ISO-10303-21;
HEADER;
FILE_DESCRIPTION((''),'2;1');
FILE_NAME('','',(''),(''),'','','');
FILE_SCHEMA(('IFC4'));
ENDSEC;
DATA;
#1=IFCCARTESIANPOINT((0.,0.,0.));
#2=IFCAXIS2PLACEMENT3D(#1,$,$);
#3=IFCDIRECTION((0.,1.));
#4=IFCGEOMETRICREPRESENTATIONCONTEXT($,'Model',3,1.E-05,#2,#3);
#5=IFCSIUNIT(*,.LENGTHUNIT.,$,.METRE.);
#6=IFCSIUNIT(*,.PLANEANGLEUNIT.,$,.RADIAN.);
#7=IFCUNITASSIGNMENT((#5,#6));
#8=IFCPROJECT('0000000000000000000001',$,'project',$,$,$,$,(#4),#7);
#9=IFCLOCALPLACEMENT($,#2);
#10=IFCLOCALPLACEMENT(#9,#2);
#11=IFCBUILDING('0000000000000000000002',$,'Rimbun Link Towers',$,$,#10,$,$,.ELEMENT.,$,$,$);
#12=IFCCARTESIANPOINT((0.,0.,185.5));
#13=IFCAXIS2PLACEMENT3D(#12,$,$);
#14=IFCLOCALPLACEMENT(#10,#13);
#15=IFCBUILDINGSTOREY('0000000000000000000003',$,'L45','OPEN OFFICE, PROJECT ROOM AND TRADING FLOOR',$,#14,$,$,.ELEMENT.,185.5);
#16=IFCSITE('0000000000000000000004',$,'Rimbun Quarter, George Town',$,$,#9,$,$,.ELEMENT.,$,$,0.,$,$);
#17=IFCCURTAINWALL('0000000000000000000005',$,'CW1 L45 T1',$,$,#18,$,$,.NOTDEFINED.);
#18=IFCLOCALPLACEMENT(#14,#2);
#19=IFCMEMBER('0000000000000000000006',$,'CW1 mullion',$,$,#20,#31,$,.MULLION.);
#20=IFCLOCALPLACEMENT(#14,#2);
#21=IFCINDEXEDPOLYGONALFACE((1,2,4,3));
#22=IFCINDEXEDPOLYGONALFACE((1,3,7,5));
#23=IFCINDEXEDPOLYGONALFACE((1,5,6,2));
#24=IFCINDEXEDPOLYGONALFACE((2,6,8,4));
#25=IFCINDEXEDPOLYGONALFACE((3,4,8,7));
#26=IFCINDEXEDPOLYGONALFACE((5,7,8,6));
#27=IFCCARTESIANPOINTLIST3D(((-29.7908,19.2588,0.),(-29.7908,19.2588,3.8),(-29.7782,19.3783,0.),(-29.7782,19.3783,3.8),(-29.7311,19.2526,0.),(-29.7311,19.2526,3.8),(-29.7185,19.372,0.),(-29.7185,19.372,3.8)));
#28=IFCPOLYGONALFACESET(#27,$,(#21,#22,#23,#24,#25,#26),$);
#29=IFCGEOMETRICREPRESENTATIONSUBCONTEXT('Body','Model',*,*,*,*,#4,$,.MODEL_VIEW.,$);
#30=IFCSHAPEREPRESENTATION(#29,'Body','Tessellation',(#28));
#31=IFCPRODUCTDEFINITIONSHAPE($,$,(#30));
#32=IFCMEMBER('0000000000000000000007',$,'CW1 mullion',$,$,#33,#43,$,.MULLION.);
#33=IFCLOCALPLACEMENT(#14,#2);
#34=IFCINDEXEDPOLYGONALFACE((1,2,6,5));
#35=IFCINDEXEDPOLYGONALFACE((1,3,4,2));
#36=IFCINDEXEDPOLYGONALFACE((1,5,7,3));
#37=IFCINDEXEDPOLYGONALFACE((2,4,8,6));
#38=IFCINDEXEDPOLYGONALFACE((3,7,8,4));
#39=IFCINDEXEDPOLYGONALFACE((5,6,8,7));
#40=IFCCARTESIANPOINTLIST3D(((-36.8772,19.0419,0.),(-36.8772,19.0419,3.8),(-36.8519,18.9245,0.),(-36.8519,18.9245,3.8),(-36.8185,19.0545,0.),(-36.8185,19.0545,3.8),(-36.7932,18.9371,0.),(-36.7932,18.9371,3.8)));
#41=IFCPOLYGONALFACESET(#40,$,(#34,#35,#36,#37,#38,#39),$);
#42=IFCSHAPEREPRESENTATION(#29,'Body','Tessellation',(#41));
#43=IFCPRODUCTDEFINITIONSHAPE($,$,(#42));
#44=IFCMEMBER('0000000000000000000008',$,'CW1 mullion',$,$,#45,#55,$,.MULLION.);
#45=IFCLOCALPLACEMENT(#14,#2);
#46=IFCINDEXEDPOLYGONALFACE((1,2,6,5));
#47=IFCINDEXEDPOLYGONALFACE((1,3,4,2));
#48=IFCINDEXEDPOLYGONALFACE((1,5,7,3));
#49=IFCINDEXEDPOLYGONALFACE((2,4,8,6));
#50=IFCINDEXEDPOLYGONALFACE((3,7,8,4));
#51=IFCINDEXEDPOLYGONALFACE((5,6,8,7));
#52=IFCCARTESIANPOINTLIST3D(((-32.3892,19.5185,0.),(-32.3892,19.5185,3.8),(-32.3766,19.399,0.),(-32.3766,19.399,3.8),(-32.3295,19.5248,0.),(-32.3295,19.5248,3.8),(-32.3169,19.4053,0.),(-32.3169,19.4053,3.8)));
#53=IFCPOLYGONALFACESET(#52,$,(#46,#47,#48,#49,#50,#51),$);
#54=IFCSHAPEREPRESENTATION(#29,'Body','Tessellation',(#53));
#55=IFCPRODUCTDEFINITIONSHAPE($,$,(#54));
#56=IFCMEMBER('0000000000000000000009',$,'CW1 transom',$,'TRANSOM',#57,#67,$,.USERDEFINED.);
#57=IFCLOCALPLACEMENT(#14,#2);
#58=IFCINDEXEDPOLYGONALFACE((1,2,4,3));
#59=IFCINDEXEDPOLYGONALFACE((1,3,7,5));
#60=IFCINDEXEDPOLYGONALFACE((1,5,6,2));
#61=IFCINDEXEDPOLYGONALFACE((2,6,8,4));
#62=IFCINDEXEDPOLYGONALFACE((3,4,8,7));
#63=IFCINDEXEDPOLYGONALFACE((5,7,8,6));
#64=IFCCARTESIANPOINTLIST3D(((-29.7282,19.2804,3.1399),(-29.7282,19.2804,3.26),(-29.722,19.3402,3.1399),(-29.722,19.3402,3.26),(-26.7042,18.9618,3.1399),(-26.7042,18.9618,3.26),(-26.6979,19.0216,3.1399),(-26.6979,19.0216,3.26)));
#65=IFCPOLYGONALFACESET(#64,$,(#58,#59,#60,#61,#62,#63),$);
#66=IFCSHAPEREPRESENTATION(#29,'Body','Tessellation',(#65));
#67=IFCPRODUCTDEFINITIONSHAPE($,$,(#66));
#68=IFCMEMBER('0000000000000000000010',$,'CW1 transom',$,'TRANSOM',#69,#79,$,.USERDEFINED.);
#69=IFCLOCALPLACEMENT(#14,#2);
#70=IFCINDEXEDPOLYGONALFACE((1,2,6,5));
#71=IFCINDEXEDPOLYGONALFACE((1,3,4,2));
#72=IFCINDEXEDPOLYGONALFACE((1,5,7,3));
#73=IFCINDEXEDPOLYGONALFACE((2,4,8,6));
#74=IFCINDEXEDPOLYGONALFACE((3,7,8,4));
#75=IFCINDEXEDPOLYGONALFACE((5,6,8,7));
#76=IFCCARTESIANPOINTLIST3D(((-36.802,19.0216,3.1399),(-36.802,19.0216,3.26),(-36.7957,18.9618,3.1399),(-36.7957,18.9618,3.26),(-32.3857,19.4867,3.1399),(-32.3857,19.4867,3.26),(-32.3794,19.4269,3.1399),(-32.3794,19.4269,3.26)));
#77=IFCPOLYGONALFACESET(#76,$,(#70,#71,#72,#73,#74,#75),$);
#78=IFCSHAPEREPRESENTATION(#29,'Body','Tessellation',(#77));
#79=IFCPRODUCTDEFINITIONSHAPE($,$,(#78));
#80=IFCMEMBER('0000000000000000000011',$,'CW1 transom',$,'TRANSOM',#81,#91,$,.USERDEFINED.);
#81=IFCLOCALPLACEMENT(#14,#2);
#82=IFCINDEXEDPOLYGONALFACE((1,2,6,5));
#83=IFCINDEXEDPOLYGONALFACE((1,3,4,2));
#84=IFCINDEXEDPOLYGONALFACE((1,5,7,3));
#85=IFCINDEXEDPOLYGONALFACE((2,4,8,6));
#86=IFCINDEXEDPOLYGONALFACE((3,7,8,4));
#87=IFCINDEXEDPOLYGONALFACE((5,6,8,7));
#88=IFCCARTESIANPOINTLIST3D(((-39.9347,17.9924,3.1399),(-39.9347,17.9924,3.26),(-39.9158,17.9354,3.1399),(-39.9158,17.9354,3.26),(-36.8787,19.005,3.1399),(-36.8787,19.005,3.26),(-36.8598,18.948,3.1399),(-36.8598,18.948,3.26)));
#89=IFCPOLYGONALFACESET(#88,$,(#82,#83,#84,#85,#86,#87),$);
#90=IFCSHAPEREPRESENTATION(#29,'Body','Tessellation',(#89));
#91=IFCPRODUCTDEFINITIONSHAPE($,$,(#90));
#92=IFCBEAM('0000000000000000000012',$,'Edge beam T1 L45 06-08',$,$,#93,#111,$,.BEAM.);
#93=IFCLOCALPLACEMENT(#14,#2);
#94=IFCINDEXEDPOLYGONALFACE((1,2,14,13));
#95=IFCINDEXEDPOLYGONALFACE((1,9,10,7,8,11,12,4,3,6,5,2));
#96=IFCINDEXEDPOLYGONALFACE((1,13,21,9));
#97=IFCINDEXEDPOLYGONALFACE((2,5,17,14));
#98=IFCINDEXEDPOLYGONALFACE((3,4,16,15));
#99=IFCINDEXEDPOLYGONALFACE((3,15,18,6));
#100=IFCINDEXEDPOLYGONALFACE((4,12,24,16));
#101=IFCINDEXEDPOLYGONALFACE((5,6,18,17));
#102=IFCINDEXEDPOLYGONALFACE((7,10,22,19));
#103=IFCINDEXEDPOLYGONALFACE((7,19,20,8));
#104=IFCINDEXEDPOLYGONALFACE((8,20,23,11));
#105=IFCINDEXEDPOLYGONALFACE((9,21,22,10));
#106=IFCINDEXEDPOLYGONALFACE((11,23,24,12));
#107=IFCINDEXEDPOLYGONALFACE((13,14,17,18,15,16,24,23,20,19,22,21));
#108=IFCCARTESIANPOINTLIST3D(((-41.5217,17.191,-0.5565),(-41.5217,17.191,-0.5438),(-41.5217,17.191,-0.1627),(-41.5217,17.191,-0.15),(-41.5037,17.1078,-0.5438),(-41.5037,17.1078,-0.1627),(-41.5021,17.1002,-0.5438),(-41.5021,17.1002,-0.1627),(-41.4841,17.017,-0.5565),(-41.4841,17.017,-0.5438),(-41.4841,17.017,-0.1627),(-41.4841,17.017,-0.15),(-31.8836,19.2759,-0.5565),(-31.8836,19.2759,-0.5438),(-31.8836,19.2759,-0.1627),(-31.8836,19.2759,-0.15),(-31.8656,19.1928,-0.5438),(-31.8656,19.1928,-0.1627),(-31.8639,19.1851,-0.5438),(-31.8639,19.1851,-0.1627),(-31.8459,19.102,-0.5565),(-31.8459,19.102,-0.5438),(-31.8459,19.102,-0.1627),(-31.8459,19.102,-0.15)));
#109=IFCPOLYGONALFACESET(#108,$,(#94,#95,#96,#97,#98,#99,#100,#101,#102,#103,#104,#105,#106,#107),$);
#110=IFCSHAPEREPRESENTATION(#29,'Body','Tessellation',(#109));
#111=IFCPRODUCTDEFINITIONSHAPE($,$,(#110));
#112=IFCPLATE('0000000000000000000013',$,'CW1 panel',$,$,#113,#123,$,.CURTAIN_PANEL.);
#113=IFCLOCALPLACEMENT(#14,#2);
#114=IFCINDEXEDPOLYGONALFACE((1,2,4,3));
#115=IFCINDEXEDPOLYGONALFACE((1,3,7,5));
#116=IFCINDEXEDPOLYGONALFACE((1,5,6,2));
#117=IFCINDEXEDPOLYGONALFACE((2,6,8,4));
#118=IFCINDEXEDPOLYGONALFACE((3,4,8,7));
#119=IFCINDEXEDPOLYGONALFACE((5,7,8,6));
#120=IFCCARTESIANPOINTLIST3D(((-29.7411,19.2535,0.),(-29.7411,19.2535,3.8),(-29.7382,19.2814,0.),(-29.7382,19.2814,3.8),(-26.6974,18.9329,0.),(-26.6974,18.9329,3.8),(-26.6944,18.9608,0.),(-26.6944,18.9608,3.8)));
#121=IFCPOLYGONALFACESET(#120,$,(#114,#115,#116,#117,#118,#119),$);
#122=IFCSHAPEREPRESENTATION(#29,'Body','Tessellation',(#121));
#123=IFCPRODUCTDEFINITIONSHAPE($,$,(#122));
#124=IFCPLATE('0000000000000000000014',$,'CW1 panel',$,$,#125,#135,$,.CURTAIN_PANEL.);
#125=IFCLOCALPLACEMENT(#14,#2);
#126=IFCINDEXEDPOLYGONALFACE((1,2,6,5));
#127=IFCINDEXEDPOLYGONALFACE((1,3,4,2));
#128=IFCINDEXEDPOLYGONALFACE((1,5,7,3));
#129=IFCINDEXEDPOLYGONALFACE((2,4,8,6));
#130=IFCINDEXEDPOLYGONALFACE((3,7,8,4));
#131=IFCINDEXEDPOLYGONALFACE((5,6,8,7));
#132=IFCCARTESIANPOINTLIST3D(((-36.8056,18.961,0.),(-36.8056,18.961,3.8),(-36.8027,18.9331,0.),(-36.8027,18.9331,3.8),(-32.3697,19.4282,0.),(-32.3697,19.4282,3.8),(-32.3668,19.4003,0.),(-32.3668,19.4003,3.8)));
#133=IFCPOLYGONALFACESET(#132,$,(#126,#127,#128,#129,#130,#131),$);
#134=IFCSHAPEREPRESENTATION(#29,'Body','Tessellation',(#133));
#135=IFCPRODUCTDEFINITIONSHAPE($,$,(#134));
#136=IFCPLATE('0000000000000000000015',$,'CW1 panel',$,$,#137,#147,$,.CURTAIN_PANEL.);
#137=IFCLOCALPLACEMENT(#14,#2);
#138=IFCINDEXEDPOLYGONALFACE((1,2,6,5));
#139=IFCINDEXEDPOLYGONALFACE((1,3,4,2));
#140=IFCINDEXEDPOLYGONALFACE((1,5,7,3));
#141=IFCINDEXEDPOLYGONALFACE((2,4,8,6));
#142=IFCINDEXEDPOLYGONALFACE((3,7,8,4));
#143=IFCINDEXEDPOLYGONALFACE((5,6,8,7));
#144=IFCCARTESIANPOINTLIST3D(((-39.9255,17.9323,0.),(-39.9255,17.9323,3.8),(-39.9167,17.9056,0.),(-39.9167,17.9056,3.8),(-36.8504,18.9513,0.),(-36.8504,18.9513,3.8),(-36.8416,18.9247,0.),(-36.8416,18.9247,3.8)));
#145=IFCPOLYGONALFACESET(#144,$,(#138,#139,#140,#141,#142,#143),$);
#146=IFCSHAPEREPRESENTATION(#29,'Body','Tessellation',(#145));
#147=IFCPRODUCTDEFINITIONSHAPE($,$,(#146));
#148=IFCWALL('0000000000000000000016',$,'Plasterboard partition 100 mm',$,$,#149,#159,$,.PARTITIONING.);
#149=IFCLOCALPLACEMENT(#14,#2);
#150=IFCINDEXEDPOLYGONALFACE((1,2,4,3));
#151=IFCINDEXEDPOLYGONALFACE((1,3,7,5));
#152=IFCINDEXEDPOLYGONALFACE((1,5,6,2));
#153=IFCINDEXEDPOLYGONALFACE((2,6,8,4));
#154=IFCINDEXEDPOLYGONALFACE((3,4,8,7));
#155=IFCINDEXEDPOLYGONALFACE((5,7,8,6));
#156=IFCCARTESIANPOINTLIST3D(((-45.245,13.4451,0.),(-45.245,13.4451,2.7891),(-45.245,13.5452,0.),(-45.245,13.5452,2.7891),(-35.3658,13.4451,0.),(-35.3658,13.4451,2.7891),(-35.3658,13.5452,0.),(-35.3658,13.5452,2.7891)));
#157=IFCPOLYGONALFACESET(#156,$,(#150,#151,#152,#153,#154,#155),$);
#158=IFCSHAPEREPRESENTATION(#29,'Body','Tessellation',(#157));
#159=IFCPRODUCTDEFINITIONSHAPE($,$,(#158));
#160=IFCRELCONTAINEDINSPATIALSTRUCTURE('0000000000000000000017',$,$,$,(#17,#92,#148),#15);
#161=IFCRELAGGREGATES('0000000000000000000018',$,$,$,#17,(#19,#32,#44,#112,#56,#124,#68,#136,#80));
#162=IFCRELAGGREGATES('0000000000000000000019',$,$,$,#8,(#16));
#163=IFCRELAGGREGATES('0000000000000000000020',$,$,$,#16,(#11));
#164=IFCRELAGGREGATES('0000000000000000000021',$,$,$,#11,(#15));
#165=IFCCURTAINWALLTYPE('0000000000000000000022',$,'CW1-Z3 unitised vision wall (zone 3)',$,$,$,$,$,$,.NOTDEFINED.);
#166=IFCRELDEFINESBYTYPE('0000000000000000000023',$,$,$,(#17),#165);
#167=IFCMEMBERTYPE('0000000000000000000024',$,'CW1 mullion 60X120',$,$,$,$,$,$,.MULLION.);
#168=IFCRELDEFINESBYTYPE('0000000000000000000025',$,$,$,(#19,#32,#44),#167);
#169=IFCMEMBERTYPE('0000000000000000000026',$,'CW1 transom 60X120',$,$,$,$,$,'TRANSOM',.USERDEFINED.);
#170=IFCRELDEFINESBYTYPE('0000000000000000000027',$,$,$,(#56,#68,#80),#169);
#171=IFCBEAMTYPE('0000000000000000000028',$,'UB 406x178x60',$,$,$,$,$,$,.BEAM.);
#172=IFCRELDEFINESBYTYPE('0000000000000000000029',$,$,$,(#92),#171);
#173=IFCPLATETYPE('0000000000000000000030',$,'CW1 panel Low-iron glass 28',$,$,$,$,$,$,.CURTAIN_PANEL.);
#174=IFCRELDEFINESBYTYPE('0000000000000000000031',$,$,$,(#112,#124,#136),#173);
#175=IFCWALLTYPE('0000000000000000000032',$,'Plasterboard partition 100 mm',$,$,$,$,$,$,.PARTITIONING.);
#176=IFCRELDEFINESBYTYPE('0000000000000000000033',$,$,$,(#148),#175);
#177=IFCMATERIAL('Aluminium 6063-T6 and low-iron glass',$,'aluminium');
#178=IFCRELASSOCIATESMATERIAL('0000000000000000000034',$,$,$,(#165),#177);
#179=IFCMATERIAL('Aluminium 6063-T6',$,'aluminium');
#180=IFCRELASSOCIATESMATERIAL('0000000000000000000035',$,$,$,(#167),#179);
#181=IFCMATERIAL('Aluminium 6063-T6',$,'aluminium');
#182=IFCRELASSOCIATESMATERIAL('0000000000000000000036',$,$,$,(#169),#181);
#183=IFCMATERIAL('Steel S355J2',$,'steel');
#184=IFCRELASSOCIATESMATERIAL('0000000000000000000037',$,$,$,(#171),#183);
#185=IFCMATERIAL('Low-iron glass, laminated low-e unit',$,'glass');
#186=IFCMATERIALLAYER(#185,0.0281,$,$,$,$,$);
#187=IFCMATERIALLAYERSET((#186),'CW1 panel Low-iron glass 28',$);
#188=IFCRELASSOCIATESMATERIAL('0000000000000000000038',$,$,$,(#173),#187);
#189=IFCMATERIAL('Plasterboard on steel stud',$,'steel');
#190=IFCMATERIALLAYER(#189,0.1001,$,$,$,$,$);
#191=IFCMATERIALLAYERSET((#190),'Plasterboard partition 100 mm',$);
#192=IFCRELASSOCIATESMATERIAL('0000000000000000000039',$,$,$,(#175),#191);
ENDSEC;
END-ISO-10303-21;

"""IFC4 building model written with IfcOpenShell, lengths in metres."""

from ifc_helpers import new_model, si_unit, direction, frame, frame_2d, origin, origin_2d, place, context, subcontext, project, spatial, rectangle, i_section, extrude, material, layer, layer_set, material_profile, profile_set, type_object, element, aggregate, save


model = new_model("IFC4")

# Units and contexts
model_context = context("Model", 3, precision=1e-05, world=origin(), true_north=direction((0.0, 1.0)))
body_context = subcontext(model_context, "Body", "Model", "MODEL_VIEW")
ifc_project = project(units=[si_unit("LENGTHUNIT", "METRE"), si_unit("PLANEANGLEUNIT", "RADIAN")], contexts=[model_context])

# Site, building, storey
site_placement = place(None, origin())
site = spatial("IfcSite", under=ifc_project, at=site_placement, Name="Rimbun Quarter, George Town", CompositionType="ELEMENT", RefElevation=0.0)
building_placement = place(site_placement, origin())
building = spatial("IfcBuilding", under=site, at=building_placement, Name="Rimbun Link Towers", CompositionType="ELEMENT")
storey_placement = place(building_placement, frame((0.0, 0.0, 185.5)))
storey = spatial("IfcBuildingStorey", under=building, at=storey_placement, Name="L45", Description="OPEN OFFICE, PROJECT ROOM AND TRADING FLOOR", CompositionType="ELEMENT", Elevation=185.5)

# Curtain wall, members
ifc_material_1 = material(Name="Aluminium 6063-T6 and low-iron glass", Category="aluminium")
curtain_wall_type = type_object("IfcCurtainWallType", Name="CW1-Z3 unitised vision wall (zone 3)", PredefinedType="NOTDEFINED", material=ifc_material_1)
curtain_wall_placement = place(storey_placement, origin())
curtain_wall = element("IfcCurtainWall", 1, at=curtain_wall_placement, inside=storey, type_object=curtain_wall_type, Name="CW1 L45 T1", PredefinedType="NOTDEFINED")
ifc_material_2 = material(Name="Aluminium 6063-T6", Category="aluminium")
ifc_material_profile_1 = material_profile(ifc_material_2, rectangle(XDim=0.1201, YDim=0.0601, at=origin_2d()), Name="MULLION 60X120")
ifc_profile_set_1 = profile_set([ifc_material_profile_1], Name="Aluminium 6063-T6")
member_type_1 = type_object("IfcMemberType", Name="CW1 mullion 60X120", PredefinedType="MULLION", material=ifc_profile_set_1)
member_1_placement = place(storey_placement, frame((-29.7546, 19.3154, 0.0), z_axis=(0.0, 0.0, 1.0), x_axis=(0.104753, 0.994498, 0.0)))
member_1 = element("IfcMember", 2, at=member_1_placement, type_object=member_type_1, Name="CW1 mullion", PredefinedType="MULLION", context=body_context, shape_type="SweptSolid", body=[
    extrude(rectangle(XDim=0.1201, YDim=0.0601, at=origin_2d()), origin(), (0.0, 0.0, 1.0), 3.8),
])
member_2_placement = place(storey_placement, frame((-36.8352, 18.9895, 0.0), z_axis=(0.0, 0.0, 1.0), x_axis=(-0.210877, 0.977513, 0.0)))
member_2 = element("IfcMember", 3, at=member_2_placement, type_object=member_type_1, Name="CW1 mullion", PredefinedType="MULLION", context=body_context, shape_type="SweptSolid", body=[
    extrude(rectangle(XDim=0.1201, YDim=0.0601, at=origin_2d()), origin(), (0.0, 0.0, 1.0), 3.8),
])
member_3_placement = place(storey_placement, frame((-32.353, 19.4619, 0.0), z_axis=(0.0, 0.0, 1.0), x_axis=(-0.104753, 0.994498, 0.0)))
member_3 = element("IfcMember", 4, at=member_3_placement, type_object=member_type_1, Name="CW1 mullion", PredefinedType="MULLION", context=body_context, shape_type="SweptSolid", body=[
    extrude(rectangle(XDim=0.1201, YDim=0.0601, at=origin_2d()), origin(), (0.0, 0.0, 1.0), 3.8),
])
ifc_material_3 = material(Name="Aluminium 6063-T6", Category="aluminium")
ifc_material_profile_2 = material_profile(ifc_material_3, rectangle(XDim=0.0601, YDim=0.1201, at=origin_2d()), Name="TRANSOM 60X120")
ifc_profile_set_2 = profile_set([ifc_material_profile_2], Name="Aluminium 6063-T6")
member_type_2 = type_object("IfcMemberType", Name="CW1 transom 60X120", ElementType="TRANSOM", PredefinedType="USERDEFINED", material=ifc_profile_set_2)
member_4_placement = place(storey_placement, frame((-29.7251, 19.3103, 3.2), z_axis=(0.994495, -0.104781, 0.0), x_axis=(0.104781, 0.994495, 0.0)))
member_4 = element("IfcMember", 5, at=member_4_placement, type_object=member_type_2, Name="CW1 transom", ObjectType="TRANSOM", PredefinedType="USERDEFINED", context=body_context, shape_type="SweptSolid", body=[
    extrude(rectangle(XDim=0.0601, YDim=0.1201, at=origin_2d()), origin(), (0.0, 0.0, 1.0), 3.0408),
])
member_5_placement = place(storey_placement, frame((-36.7988, 18.9917, 3.2), z_axis=(0.9945, 0.104733, 0.0), x_axis=(-0.104733, 0.9945, 0.0)))
member_5 = element("IfcMember", 6, at=member_5_placement, type_object=member_type_2, Name="CW1 transom", ObjectType="TRANSOM", PredefinedType="USERDEFINED", context=body_context, shape_type="SweptSolid", body=[
    extrude(rectangle(XDim=0.0601, YDim=0.1201, at=origin_2d()), origin(), (0.0, 0.0, 1.0), 4.4407),
])
member_6_placement = place(storey_placement, frame((-39.9253, 17.9639, 3.2), z_axis=(0.949243, 0.314544, 0.0), x_axis=(-0.314544, 0.949243, 0.0)))
member_6 = element("IfcMember", 7, at=member_6_placement, type_object=member_type_2, Name="CW1 transom", ObjectType="TRANSOM", PredefinedType="USERDEFINED", context=body_context, shape_type="SweptSolid", body=[
    extrude(rectangle(XDim=0.0601, YDim=0.1201, at=origin_2d()), origin(), (0.0, 0.0, 1.0), 3.2195),
])

# Beam
ifc_material_4 = material(Name="Steel S355J2", Category="steel")
ifc_material_profile_3 = material_profile(ifc_material_4, i_section(OverallWidth=0.178, OverallDepth=0.4065, WebThickness=0.0078, FlangeThickness=0.0127, at=origin_2d()), Name="UB 406x178x60")
ifc_profile_set_3 = profile_set([ifc_material_profile_3], Name="Steel S355J2")
beam_type = type_object("IfcBeamType", Name="UB 406x178x60", PredefinedType="BEAM", material=ifc_profile_set_3)
beam_placement = place(storey_placement, frame((-31.8647, 19.189, -0.3533), z_axis=(-0.977393, -0.211433, 0.0), x_axis=(0.211433, -0.977393, 0.0)))
element("IfcBeam", 8, at=beam_placement, inside=storey, type_object=beam_type, Name="Edge beam T1 L45 06-08", PredefinedType="BEAM", context=body_context, shape_type="SweptSolid", body=[
    extrude(i_section(OverallWidth=0.178, OverallDepth=0.4065, WebThickness=0.0078, FlangeThickness=0.0127, at=origin_2d()), origin(), (0.0, 0.0, 1.0), 9.8611),
])

# Plates
ifc_material_5 = material(Name="Low-iron glass, laminated low-e unit", Category="glass")
ifc_layer_1 = layer(ifc_material_5, 0.0281)
ifc_layer_set_1 = layer_set([ifc_layer_1], Name="CW1 panel Low-iron glass 28")
plate_type = type_object("IfcPlateType", Name="CW1 panel Low-iron glass 28", PredefinedType="CURTAIN_PANEL", material=ifc_layer_set_1)
plate_1_placement = place(storey_placement, frame((-28.2178, 19.1072, 0.0), z_axis=(0.0, 0.0, 1.0), x_axis=(0.994498, -0.104753, 0.0)))
plate_1 = element("IfcPlate", 9, at=plate_1_placement, type_object=plate_type, Name="CW1 panel", PredefinedType="CURTAIN_PANEL", context=body_context, shape_type="SweptSolid", body=[
    extrude(rectangle(XDim=3.0605, YDim=0.0281, at=origin_2d()), origin(), (0.0, 0.0, 1.0), 3.8),
])
plate_2_placement = place(storey_placement, frame((-34.5862, 19.1807, 0.0), z_axis=(0.0, 0.0, 1.0), x_axis=(0.994498, 0.104753, 0.0)))
plate_2 = element("IfcPlate", 10, at=plate_2_placement, type_object=plate_type, Name="CW1 panel", PredefinedType="CURTAIN_PANEL", context=body_context, shape_type="SweptSolid", body=[
    extrude(rectangle(XDim=4.4604, YDim=0.0281, at=origin_2d()), origin(), (0.0, 0.0, 1.0), 3.8),
])
plate_3_placement = place(storey_placement, frame((-38.3835, 18.4285, 0.0), z_axis=(0.0, 0.0, 1.0), x_axis=(0.949236, 0.314565, 0.0)))
plate_3 = element("IfcPlate", 11, at=plate_3_placement, type_object=plate_type, Name="CW1 panel", PredefinedType="CURTAIN_PANEL", context=body_context, shape_type="SweptSolid", body=[
    extrude(rectangle(XDim=3.2395, YDim=0.0281, at=origin_2d()), origin(), (0.0, 0.0, 1.0), 3.8),
])
aggregate(curtain_wall, [member_1, member_2, member_3, plate_1, member_4, plate_2, member_5, plate_3, member_6])

# Wall
ifc_material_6 = material(Name="Plasterboard on steel stud", Category="steel")
ifc_layer_2 = layer(ifc_material_6, 0.1001)
ifc_layer_set_2 = layer_set([ifc_layer_2], Name="Plasterboard partition 100 mm")
wall_type = type_object("IfcWallType", Name="Plasterboard partition 100 mm", PredefinedType="PARTITIONING", material=ifc_layer_set_2)
wall_1_placement = place(storey_placement, frame((-35.366, 13.4951, 0.0), z_axis=(0.0, 0.0, 1.0), x_axis=(-1.0, 0.0, 0.0)))
element("IfcWall", 12, at=wall_1_placement, inside=storey, type_object=wall_type, Name="Plasterboard partition 100 mm", PredefinedType="PARTITIONING", context=body_context, shape_type="SweptSolid", body=[
    extrude(rectangle(XDim=9.8792, YDim=0.1001, at=frame_2d((4.9395, 0.0))), origin(), (0.0, 0.0, 1.0), 2.7891),
])

save(model, "model.ifc")
